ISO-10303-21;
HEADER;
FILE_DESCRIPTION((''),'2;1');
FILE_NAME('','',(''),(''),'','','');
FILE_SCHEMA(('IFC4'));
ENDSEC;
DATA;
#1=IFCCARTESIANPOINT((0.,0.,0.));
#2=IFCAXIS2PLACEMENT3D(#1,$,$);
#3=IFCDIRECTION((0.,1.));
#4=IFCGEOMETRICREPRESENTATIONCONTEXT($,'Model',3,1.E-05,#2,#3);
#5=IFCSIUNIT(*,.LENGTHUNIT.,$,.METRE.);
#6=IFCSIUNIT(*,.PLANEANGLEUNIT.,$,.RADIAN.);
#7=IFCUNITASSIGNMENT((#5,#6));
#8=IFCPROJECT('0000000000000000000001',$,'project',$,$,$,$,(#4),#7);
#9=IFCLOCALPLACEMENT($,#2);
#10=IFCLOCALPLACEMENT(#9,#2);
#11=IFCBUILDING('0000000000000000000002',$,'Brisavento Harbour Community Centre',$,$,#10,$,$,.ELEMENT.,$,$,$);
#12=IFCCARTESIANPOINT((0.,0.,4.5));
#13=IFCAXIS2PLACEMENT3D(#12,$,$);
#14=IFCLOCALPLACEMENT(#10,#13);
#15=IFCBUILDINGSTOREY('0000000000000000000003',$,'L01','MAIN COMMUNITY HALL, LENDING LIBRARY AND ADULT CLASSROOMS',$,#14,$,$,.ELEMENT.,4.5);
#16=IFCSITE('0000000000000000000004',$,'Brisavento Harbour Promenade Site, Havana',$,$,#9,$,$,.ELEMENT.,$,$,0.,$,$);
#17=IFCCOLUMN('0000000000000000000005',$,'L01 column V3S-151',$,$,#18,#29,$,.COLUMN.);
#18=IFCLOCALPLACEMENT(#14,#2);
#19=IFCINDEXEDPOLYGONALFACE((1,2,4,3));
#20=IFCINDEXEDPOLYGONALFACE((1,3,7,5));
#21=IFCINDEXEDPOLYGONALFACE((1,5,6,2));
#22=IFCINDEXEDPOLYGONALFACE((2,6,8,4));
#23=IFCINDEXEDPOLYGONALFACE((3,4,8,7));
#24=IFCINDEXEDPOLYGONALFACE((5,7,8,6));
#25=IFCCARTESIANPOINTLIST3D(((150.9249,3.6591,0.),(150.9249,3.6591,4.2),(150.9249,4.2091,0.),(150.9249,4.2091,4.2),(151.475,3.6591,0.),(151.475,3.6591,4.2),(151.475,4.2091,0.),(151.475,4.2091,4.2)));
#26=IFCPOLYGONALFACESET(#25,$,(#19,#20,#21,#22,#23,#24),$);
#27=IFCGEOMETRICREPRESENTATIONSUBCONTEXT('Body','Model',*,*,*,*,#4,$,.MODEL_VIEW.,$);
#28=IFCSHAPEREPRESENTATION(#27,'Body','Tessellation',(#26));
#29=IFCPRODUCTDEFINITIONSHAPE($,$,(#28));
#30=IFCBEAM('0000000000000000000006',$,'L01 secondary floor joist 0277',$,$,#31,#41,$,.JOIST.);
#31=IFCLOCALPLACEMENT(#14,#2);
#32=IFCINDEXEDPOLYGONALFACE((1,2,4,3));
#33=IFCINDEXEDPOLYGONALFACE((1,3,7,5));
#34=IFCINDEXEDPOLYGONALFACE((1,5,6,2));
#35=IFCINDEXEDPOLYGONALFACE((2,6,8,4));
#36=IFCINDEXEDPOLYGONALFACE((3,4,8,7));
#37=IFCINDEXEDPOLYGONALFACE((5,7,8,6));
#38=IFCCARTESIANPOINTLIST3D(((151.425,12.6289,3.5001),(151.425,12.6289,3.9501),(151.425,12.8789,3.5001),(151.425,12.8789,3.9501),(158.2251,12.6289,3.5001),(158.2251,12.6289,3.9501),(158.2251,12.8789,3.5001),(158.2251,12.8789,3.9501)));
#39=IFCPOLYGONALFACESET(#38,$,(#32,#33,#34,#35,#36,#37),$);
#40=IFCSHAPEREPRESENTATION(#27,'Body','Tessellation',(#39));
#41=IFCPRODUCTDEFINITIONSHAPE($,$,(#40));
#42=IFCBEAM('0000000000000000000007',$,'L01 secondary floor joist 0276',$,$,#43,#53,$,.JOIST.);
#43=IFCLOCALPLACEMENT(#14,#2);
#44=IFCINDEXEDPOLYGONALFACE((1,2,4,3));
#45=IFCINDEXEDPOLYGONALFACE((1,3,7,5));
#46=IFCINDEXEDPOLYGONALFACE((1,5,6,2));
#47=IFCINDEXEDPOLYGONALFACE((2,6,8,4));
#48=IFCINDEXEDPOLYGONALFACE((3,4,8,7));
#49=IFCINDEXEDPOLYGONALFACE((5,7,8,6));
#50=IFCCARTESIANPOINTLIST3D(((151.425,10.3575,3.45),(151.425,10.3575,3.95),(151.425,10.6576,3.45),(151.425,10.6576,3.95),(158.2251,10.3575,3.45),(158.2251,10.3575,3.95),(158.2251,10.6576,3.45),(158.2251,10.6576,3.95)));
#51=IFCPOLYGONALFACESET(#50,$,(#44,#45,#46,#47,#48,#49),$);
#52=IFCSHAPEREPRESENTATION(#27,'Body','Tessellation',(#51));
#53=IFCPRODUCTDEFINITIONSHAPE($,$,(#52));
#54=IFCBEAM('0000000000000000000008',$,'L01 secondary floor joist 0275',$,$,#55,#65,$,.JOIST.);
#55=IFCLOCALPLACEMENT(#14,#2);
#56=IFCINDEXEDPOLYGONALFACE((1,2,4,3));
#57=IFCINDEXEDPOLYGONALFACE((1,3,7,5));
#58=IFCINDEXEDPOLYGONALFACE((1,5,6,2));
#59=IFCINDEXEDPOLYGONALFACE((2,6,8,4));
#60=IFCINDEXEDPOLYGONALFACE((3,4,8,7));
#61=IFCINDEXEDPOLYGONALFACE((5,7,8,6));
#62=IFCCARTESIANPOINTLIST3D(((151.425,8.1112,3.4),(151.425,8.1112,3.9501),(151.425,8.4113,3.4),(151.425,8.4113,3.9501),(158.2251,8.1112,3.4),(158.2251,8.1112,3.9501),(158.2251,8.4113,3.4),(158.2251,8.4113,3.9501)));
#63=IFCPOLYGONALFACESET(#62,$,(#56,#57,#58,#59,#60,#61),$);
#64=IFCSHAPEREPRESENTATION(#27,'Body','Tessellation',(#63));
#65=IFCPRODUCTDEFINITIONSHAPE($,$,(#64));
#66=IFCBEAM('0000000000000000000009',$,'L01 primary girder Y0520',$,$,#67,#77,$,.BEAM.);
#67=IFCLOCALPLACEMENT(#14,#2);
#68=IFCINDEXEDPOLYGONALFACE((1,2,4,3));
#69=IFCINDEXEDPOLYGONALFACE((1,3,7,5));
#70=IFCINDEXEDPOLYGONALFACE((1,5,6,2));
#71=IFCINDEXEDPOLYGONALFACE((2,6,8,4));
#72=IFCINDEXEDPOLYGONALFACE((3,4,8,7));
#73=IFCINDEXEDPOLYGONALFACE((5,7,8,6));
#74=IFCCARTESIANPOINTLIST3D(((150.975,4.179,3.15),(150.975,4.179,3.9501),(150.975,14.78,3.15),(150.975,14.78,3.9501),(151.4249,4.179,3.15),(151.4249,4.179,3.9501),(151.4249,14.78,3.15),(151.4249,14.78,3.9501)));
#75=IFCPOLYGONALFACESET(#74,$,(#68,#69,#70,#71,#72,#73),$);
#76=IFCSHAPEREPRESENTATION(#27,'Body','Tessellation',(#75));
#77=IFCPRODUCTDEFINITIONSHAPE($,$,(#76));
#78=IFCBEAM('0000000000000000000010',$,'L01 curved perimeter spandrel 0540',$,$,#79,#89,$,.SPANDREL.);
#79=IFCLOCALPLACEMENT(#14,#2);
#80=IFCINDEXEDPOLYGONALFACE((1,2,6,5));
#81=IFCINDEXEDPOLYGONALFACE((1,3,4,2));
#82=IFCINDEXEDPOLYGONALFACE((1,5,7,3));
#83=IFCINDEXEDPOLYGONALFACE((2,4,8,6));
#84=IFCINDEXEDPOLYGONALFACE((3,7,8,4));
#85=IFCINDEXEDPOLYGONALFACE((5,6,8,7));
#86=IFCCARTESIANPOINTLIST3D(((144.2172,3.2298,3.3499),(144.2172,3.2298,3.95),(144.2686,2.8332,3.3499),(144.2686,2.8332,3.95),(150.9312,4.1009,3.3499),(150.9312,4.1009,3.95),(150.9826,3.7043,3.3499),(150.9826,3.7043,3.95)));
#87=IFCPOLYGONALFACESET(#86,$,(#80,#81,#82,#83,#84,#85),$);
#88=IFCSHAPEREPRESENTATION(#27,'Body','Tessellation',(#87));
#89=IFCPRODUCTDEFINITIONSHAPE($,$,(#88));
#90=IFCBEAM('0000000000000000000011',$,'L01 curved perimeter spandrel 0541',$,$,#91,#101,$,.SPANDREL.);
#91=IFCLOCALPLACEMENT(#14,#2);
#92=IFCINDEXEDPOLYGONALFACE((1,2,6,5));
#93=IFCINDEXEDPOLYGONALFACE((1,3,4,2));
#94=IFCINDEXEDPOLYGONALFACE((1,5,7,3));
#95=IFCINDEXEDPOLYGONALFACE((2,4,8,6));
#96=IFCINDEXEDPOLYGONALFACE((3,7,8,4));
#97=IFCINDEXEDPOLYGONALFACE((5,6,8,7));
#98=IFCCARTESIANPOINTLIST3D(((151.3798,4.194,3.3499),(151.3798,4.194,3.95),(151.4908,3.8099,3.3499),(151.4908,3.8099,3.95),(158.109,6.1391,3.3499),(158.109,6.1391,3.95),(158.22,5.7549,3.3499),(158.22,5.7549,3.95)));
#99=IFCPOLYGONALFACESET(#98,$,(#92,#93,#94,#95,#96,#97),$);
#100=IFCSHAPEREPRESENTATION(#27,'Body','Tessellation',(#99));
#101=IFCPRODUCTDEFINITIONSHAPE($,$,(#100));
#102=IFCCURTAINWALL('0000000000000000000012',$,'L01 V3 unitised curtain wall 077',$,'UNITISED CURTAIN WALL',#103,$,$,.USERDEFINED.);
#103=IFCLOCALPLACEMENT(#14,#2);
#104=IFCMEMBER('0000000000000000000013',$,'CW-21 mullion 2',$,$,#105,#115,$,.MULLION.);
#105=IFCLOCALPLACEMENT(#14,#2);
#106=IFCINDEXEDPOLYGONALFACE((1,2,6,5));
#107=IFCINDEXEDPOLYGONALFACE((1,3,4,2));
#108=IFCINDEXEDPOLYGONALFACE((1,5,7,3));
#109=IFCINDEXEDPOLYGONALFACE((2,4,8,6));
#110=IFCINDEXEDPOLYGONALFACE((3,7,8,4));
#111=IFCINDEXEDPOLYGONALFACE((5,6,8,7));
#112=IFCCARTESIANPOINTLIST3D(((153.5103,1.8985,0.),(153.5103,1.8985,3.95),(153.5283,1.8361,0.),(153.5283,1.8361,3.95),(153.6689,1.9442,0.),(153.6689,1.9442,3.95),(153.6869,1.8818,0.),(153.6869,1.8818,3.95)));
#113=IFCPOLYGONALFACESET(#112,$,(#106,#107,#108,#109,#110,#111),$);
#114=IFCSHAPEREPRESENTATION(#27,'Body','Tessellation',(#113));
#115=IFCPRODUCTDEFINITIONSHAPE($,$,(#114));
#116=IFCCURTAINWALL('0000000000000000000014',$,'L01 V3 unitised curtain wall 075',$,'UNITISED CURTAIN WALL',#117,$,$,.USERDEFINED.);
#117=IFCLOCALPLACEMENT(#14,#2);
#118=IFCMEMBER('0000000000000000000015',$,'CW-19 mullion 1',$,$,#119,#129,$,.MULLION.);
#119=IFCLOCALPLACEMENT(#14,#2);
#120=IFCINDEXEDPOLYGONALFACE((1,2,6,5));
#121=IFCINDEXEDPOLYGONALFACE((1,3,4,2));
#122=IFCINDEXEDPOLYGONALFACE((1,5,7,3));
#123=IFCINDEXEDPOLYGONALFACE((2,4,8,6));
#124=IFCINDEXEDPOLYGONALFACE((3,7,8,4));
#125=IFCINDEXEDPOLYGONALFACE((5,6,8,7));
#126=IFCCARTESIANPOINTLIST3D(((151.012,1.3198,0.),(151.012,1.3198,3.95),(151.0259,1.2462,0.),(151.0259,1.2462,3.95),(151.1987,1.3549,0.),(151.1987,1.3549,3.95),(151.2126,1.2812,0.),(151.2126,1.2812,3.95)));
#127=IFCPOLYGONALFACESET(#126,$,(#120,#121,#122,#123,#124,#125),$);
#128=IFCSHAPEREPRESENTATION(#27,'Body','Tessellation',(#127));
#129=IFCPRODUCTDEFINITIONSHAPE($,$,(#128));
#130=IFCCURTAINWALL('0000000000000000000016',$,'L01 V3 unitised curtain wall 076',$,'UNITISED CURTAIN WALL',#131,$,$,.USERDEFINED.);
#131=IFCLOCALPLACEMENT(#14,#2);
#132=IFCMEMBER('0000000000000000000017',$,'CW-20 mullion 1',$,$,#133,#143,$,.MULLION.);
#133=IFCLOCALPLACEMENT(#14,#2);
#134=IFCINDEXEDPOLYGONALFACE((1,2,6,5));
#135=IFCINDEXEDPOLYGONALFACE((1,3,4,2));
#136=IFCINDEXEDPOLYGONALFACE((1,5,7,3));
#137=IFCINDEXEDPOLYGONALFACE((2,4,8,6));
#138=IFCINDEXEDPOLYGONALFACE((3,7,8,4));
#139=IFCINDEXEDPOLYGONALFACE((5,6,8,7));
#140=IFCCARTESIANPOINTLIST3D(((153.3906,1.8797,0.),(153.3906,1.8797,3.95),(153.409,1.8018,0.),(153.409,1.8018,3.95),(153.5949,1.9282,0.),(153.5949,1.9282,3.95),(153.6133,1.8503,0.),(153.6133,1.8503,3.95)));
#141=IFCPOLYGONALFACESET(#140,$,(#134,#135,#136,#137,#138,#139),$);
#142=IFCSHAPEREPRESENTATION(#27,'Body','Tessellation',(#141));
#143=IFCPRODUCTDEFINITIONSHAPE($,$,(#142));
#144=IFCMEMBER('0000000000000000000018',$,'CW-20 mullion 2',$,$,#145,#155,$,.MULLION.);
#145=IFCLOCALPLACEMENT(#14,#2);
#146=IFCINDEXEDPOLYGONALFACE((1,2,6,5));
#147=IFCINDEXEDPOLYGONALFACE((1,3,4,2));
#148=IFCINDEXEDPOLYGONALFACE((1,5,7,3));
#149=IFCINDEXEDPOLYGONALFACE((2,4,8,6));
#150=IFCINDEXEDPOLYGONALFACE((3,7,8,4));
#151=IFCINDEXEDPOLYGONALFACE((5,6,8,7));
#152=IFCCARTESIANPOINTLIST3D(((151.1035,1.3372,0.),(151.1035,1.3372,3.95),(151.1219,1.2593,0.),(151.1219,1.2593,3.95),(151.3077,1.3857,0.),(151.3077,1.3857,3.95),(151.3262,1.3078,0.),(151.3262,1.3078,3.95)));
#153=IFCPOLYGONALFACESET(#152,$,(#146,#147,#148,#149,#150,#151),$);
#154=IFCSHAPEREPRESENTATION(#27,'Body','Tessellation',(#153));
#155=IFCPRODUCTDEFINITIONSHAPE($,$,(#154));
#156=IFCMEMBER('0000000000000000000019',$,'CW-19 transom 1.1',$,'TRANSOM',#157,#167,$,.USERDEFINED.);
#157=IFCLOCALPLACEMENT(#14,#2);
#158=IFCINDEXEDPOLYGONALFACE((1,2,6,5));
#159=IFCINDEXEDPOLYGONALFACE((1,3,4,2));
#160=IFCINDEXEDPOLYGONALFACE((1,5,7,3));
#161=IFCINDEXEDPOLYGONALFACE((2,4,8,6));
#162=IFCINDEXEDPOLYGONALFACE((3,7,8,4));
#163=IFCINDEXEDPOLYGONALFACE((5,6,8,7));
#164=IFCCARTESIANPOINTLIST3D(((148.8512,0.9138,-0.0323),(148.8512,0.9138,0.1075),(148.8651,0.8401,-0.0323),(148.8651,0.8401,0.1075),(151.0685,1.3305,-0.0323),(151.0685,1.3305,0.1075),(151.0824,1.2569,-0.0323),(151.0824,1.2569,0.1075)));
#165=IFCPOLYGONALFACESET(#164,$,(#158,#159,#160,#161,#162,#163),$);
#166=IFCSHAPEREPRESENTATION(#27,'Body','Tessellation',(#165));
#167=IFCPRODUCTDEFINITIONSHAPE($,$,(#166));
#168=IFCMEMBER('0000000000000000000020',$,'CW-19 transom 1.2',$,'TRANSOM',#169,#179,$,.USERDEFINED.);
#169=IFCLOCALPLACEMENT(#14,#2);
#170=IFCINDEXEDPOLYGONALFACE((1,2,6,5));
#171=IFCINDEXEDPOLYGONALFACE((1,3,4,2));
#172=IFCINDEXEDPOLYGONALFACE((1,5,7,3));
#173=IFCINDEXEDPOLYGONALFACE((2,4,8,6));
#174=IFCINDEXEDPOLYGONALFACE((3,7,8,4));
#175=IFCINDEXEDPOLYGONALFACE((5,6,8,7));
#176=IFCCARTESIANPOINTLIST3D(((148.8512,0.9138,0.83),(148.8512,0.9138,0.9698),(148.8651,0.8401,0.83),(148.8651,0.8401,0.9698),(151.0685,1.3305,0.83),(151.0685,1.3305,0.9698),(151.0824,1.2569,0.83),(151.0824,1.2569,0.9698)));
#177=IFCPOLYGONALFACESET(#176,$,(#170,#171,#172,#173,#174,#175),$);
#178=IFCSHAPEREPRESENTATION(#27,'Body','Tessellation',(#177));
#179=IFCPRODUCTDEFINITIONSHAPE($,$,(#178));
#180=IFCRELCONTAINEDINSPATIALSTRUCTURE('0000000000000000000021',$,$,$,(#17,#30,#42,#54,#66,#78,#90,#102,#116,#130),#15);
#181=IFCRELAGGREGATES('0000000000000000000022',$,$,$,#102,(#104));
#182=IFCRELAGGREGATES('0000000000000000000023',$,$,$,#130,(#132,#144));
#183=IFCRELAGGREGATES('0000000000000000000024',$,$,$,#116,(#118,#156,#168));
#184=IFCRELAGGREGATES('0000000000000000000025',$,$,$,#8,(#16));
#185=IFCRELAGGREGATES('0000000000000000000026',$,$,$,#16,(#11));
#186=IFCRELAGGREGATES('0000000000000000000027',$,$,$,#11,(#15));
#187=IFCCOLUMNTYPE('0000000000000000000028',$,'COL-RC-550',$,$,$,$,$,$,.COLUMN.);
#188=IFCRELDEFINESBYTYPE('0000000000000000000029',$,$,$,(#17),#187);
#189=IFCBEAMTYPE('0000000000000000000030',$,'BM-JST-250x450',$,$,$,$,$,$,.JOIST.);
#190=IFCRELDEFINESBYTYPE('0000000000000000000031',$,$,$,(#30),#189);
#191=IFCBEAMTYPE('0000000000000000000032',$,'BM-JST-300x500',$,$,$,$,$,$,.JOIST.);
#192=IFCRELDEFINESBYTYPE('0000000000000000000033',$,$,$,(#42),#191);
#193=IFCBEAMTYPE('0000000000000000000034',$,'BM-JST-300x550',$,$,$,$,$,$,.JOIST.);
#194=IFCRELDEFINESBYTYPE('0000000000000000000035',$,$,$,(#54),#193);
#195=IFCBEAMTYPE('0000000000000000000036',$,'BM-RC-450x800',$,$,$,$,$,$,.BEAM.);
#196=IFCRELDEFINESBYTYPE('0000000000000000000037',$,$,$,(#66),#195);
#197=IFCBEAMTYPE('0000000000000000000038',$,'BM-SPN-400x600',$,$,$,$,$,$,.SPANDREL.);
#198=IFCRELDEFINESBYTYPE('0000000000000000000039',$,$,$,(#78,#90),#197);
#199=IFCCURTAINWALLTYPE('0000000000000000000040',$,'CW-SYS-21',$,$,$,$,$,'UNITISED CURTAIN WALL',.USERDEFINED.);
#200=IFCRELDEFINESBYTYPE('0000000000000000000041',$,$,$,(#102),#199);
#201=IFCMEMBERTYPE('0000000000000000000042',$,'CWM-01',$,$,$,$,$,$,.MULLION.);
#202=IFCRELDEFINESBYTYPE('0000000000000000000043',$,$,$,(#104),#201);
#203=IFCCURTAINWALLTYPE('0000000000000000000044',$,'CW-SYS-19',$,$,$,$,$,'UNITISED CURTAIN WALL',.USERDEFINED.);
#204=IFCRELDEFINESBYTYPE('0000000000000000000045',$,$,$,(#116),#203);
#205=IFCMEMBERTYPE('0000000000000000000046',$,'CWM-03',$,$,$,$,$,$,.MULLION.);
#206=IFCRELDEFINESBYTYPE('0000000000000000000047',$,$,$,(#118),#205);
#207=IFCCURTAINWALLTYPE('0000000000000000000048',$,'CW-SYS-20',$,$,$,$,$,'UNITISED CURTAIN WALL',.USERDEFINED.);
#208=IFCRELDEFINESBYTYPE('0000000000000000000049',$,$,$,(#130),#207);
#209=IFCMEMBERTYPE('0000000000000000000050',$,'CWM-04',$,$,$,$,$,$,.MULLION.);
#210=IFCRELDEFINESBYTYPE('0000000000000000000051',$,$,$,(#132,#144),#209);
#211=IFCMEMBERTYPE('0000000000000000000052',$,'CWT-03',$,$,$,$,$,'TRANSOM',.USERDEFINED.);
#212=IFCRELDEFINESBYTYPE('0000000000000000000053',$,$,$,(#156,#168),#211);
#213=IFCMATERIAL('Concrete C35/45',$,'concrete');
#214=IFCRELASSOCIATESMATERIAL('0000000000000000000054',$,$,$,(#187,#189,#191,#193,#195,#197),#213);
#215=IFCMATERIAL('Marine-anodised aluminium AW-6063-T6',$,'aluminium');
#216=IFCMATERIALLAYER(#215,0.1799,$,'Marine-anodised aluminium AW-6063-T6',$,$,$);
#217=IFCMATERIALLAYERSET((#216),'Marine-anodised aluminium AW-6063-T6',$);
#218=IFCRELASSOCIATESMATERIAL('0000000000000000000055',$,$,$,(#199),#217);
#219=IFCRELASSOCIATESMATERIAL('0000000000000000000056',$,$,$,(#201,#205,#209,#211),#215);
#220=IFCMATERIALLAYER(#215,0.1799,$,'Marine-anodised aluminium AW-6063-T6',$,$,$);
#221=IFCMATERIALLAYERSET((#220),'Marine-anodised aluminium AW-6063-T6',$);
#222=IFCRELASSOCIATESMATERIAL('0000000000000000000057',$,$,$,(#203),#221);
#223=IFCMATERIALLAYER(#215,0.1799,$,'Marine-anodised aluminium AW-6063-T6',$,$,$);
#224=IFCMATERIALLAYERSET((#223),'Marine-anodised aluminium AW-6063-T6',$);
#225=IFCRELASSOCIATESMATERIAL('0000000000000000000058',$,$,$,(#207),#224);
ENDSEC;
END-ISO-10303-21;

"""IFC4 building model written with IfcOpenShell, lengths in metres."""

from ifc_helpers import new_model, si_unit, direction, frame, origin, origin_2d, place, context, subcontext, project, spatial, rectangle, extrude, material, layer, layer_set, material_profile, profile_set, type_object, element, aggregate, save


model = new_model("IFC4")

# Units and contexts
model_context = context("Model", 3, precision=1e-05, world=origin(), true_north=direction((0.0, 1.0)))
body_context = subcontext(model_context, "Body", "Model", "MODEL_VIEW")
ifc_project = project(units=[si_unit("LENGTHUNIT", "METRE"), si_unit("PLANEANGLEUNIT", "RADIAN")], contexts=[model_context])

# Site, building, storey
site_placement = place(None, origin())
site = spatial("IfcSite", under=ifc_project, at=site_placement, Name="Brisavento Harbour Promenade Site, Havana", CompositionType="ELEMENT", RefElevation=0.0)
building_placement = place(site_placement, origin())
building = spatial("IfcBuilding", under=site, at=building_placement, Name="Brisavento Harbour Community Centre", CompositionType="ELEMENT")
storey_placement = place(building_placement, frame((0.0, 0.0, 4.5)))
storey = spatial("IfcBuildingStorey", under=building, at=storey_placement, Name="L01", Description="MAIN COMMUNITY HALL, LENDING LIBRARY AND ADULT CLASSROOMS", CompositionType="ELEMENT", Elevation=4.5)

# Column
ifc_material_1 = material(Name="Concrete C35/45", Category="concrete")
ifc_material_profile_1 = material_profile(ifc_material_1, rectangle(XDim=0.55, YDim=0.55, at=origin_2d()), Name="Concrete C35/45")
ifc_profile_set_1 = profile_set([ifc_material_profile_1], Name="Concrete C35/45")
column_type = type_object("IfcColumnType", Name="COL-RC-550", PredefinedType="COLUMN", material=ifc_profile_set_1)
column_placement = place(storey_placement, frame((151.2, 3.9341, 0.0), z_axis=(0.0, 0.0, 1.0), x_axis=(1.0, 0.0, 0.0)))
element("IfcColumn", 1, at=column_placement, inside=storey, type_object=column_type, Name="L01 column V3S-151", PredefinedType="COLUMN", context=body_context, shape_type="SweptSolid", body=[
    extrude(rectangle(XDim=0.55, YDim=0.55, at=origin_2d()), origin(), (0.0, 0.0, 1.0), 4.2),
])

# Beams
ifc_material_profile_2 = material_profile(ifc_material_1, rectangle(XDim=0.25, YDim=0.45, at=origin_2d()), Name="Concrete C35/45")
ifc_profile_set_2 = profile_set([ifc_material_profile_2], Name="Concrete C35/45")
beam_type_1 = type_object("IfcBeamType", Name="BM-JST-250x450", PredefinedType="JOIST", material=ifc_profile_set_2)
beam_1_placement = place(storey_placement, frame((151.425, 12.7539, 3.7251), z_axis=(1.0, 0.0, 0.0), x_axis=(0.0, 1.0, 0.0)))
element("IfcBeam", 2, at=beam_1_placement, inside=storey, type_object=beam_type_1, Name="L01 secondary floor joist 0277", PredefinedType="JOIST", context=body_context, shape_type="SweptSolid", body=[
    extrude(rectangle(XDim=0.25, YDim=0.45, at=origin_2d()), origin(), (0.0, 0.0, 1.0), 6.8),
])
ifc_material_profile_3 = material_profile(ifc_material_1, rectangle(XDim=0.3, YDim=0.5, at=origin_2d()), Name="Concrete C35/45")
ifc_profile_set_3 = profile_set([ifc_material_profile_3], Name="Concrete C35/45")
beam_type_2 = type_object("IfcBeamType", Name="BM-JST-300x500", PredefinedType="JOIST", material=ifc_profile_set_3)
beam_2_placement = place(storey_placement, frame((151.425, 10.5076, 3.7), z_axis=(1.0, 0.0, 0.0), x_axis=(0.0, 1.0, 0.0)))
element("IfcBeam", 3, at=beam_2_placement, inside=storey, type_object=beam_type_2, Name="L01 secondary floor joist 0276", PredefinedType="JOIST", context=body_context, shape_type="SweptSolid", body=[
    extrude(rectangle(XDim=0.3, YDim=0.5, at=origin_2d()), origin(), (0.0, 0.0, 1.0), 6.8),
])
ifc_material_profile_4 = material_profile(ifc_material_1, rectangle(XDim=0.3, YDim=0.55, at=origin_2d()), Name="Concrete C35/45")
ifc_profile_set_4 = profile_set([ifc_material_profile_4], Name="Concrete C35/45")
beam_type_3 = type_object("IfcBeamType", Name="BM-JST-300x550", PredefinedType="JOIST", material=ifc_profile_set_4)
beam_3_placement = place(storey_placement, frame((151.425, 8.2612, 3.675), z_axis=(1.0, 0.0, 0.0), x_axis=(0.0, 1.0, 0.0)))
element("IfcBeam", 4, at=beam_3_placement, inside=storey, type_object=beam_type_3, Name="L01 secondary floor joist 0275", PredefinedType="JOIST", context=body_context, shape_type="SweptSolid", body=[
    extrude(rectangle(XDim=0.3, YDim=0.55, at=origin_2d()), origin(), (0.0, 0.0, 1.0), 6.8),
])
ifc_material_profile_5 = material_profile(ifc_material_1, rectangle(XDim=0.45, YDim=0.8, at=origin_2d()), Name="Concrete C35/45")
ifc_profile_set_5 = profile_set([ifc_material_profile_5], Name="Concrete C35/45")
beam_type_4 = type_object("IfcBeamType", Name="BM-RC-450x800", PredefinedType="BEAM", material=ifc_profile_set_5)
beam_4_placement = place(storey_placement, frame((151.2, 4.179, 3.55), z_axis=(0.0, 1.0, 0.0), x_axis=(-1.0, 0.0, 0.0)))
element("IfcBeam", 5, at=beam_4_placement, inside=storey, type_object=beam_type_4, Name="L01 primary girder Y0520", PredefinedType="BEAM", context=body_context, shape_type="SweptSolid", body=[
    extrude(rectangle(XDim=0.45, YDim=0.8, at=origin_2d()), origin(), (0.0, 0.0, 1.0), 10.6011),
])
ifc_material_profile_6 = material_profile(ifc_material_1, rectangle(XDim=0.3999, YDim=0.6001, at=origin_2d()), Name="Concrete C35/45")
ifc_profile_set_6 = profile_set([ifc_material_profile_6], Name="Concrete C35/45")
beam_type_5 = type_object("IfcBeamType", Name="BM-SPN-400x600", PredefinedType="SPANDREL", material=ifc_profile_set_6)
beam_5_placement = place(storey_placement, frame((144.2429, 3.0315, 3.6499), z_axis=(0.991688, 0.128662, 0.0), x_axis=(-0.128662, 0.991688, 0.0)))
element("IfcBeam", 6, at=beam_5_placement, inside=storey, type_object=beam_type_5, Name="L01 curved perimeter spandrel 0540", PredefinedType="SPANDREL", context=body_context, shape_type="SweptSolid", body=[
    extrude(rectangle(XDim=0.3999, YDim=0.6001, at=origin_2d()), origin(), (0.0, 0.0, 1.0), 6.7703),
])
beam_6_placement = place(storey_placement, frame((151.4353, 4.002, 3.6499), z_axis=(0.960674, 0.27768, 0.0), x_axis=(-0.27768, 0.960674, 0.0)))
element("IfcBeam", 7, at=beam_6_placement, inside=storey, type_object=beam_type_5, Name="L01 curved perimeter spandrel 0541", PredefinedType="SPANDREL", context=body_context, shape_type="SweptSolid", body=[
    extrude(rectangle(XDim=0.3999, YDim=0.6001, at=origin_2d()), origin(), (0.0, 0.0, 1.0), 7.0046),
])

# Curtain walls, members
ifc_material_2 = material(Name="Marine-anodised aluminium AW-6063-T6", Category="aluminium")
ifc_layer_1 = layer(ifc_material_2, 0.1799, Name="Marine-anodised aluminium AW-6063-T6")
ifc_layer_set_1 = layer_set([ifc_layer_1], Name="Marine-anodised aluminium AW-6063-T6")
curtain_wall_type_1 = type_object("IfcCurtainWallType", Name="CW-SYS-21", ElementType="UNITISED CURTAIN WALL", PredefinedType="USERDEFINED", material=ifc_layer_set_1)
curtain_wall_1_placement = place(storey_placement, origin())
curtain_wall_1 = element("IfcCurtainWall", 8, at=curtain_wall_1_placement, inside=storey, type_object=curtain_wall_type_1, Name="L01 V3 unitised curtain wall 077", ObjectType="UNITISED CURTAIN WALL", PredefinedType="USERDEFINED")
ifc_material_profile_7 = material_profile(ifc_material_2, rectangle(XDim=0.0649, YDim=0.165, at=origin_2d()), Name="Marine-anodised aluminium AW-6063-T6")
ifc_profile_set_7 = profile_set([ifc_material_profile_7], Name="Marine-anodised aluminium AW-6063-T6")
member_type_1 = type_object("IfcMemberType", Name="CWM-01", PredefinedType="MULLION", material=ifc_profile_set_7)
member_1_placement = place(storey_placement, frame((153.5986, 1.8901, 0.0), z_axis=(0.0, 0.0, 1.0), x_axis=(0.277001, -0.96087, 0.0)))
member_1 = element("IfcMember", 9, at=member_1_placement, type_object=member_type_1, Name="CW-21 mullion 2", PredefinedType="MULLION", context=body_context, shape_type="SweptSolid", body=[
    extrude(rectangle(XDim=0.0649, YDim=0.165, at=origin_2d()), origin(), (0.0, 0.0, 1.0), 3.95),
])
aggregate(curtain_wall_1, [member_1])
ifc_layer_2 = layer(ifc_material_2, 0.1799, Name="Marine-anodised aluminium AW-6063-T6")
ifc_layer_set_2 = layer_set([ifc_layer_2], Name="Marine-anodised aluminium AW-6063-T6")
curtain_wall_type_2 = type_object("IfcCurtainWallType", Name="CW-SYS-19", ElementType="UNITISED CURTAIN WALL", PredefinedType="USERDEFINED", material=ifc_layer_set_2)
curtain_wall_2_placement = place(storey_placement, origin())
curtain_wall_2 = element("IfcCurtainWall", 10, at=curtain_wall_2_placement, inside=storey, type_object=curtain_wall_type_2, Name="L01 V3 unitised curtain wall 075", ObjectType="UNITISED CURTAIN WALL", PredefinedType="USERDEFINED")
ifc_material_profile_8 = material_profile(ifc_material_2, rectangle(XDim=0.075, YDim=0.1899, at=origin_2d()), Name="Marine-anodised aluminium AW-6063-T6")
ifc_profile_set_8 = profile_set([ifc_material_profile_8], Name="Marine-anodised aluminium AW-6063-T6")
member_type_2 = type_object("IfcMemberType", Name="CWM-03", PredefinedType="MULLION", material=ifc_profile_set_8)
member_2_placement = place(storey_placement, frame((151.1123, 1.3005, 0.0), z_axis=(0.0, 0.0, 1.0), x_axis=(0.184665, -0.982802, 0.0)))
member_2 = element("IfcMember", 11, at=member_2_placement, type_object=member_type_2, Name="CW-19 mullion 1", PredefinedType="MULLION", context=body_context, shape_type="SweptSolid", body=[
    extrude(rectangle(XDim=0.075, YDim=0.1899, at=origin_2d()), origin(), (0.0, 0.0, 1.0), 3.95),
])

# Curtain wall, members
ifc_layer_3 = layer(ifc_material_2, 0.1799, Name="Marine-anodised aluminium AW-6063-T6")
ifc_layer_set_3 = layer_set([ifc_layer_3], Name="Marine-anodised aluminium AW-6063-T6")
curtain_wall_type_3 = type_object("IfcCurtainWallType", Name="CW-SYS-20", ElementType="UNITISED CURTAIN WALL", PredefinedType="USERDEFINED", material=ifc_layer_set_3)
curtain_wall_3_placement = place(storey_placement, origin())
curtain_wall_3 = element("IfcCurtainWall", 12, at=curtain_wall_3_placement, inside=storey, type_object=curtain_wall_type_3, Name="L01 V3 unitised curtain wall 076", ObjectType="UNITISED CURTAIN WALL", PredefinedType="USERDEFINED")
ifc_material_profile_9 = material_profile(ifc_material_2, rectangle(XDim=0.0801, YDim=0.21, at=origin_2d()), Name="Marine-anodised aluminium AW-6063-T6")
ifc_profile_set_9 = profile_set([ifc_material_profile_9], Name="Marine-anodised aluminium AW-6063-T6")
member_type_3 = type_object("IfcMemberType", Name="CWM-04", PredefinedType="MULLION", material=ifc_profile_set_9)
member_3_placement = place(storey_placement, frame((153.502, 1.865, 0.0), z_axis=(0.0, 0.0, 1.0), x_axis=(0.230805, -0.973, 0.0)))
member_3 = element("IfcMember", 13, at=member_3_placement, type_object=member_type_3, Name="CW-20 mullion 1", PredefinedType="MULLION", context=body_context, shape_type="SweptSolid", body=[
    extrude(rectangle(XDim=0.0801, YDim=0.21, at=origin_2d()), origin(), (0.0, 0.0, 1.0), 3.95),
])
member_4_placement = place(storey_placement, frame((151.2148, 1.3225, 0.0), z_axis=(0.0, 0.0, 1.0), x_axis=(0.230805, -0.973, 0.0)))
member_4 = element("IfcMember", 14, at=member_4_placement, type_object=member_type_3, Name="CW-20 mullion 2", PredefinedType="MULLION", context=body_context, shape_type="SweptSolid", body=[
    extrude(rectangle(XDim=0.0801, YDim=0.21, at=origin_2d()), origin(), (0.0, 0.0, 1.0), 3.95),
])

# Members
ifc_material_profile_10 = material_profile(ifc_material_2, rectangle(XDim=0.075, YDim=0.1399, at=origin_2d()), Name="Marine-anodised aluminium AW-6063-T6")
ifc_profile_set_10 = profile_set([ifc_material_profile_10], Name="Marine-anodised aluminium AW-6063-T6")
member_type_4 = type_object("IfcMemberType", Name="CWT-03", ElementType="TRANSOM", PredefinedType="USERDEFINED", material=ifc_profile_set_10)
member_5_placement = place(storey_placement, frame((151.0754, 1.2937, 0.0376), z_axis=(-0.982791, -0.18472, 0.0), x_axis=(0.18472, -0.982791, 0.0)))
member_5 = element("IfcMember", 15, at=member_5_placement, type_object=member_type_4, Name="CW-19 transom 1.1", ObjectType="TRANSOM", PredefinedType="USERDEFINED", context=body_context, shape_type="SweptSolid", body=[
    extrude(rectangle(XDim=0.075, YDim=0.1399, at=origin_2d()), origin(), (0.0, 0.0, 1.0), 2.2561),
])
member_6_placement = place(storey_placement, frame((151.0754, 1.2937, 0.8999), z_axis=(-0.982791, -0.18472, 0.0), x_axis=(0.18472, -0.982791, 0.0)))
member_6 = element("IfcMember", 16, at=member_6_placement, type_object=member_type_4, Name="CW-19 transom 1.2", ObjectType="TRANSOM", PredefinedType="USERDEFINED", context=body_context, shape_type="SweptSolid", body=[
    extrude(rectangle(XDim=0.075, YDim=0.1399, at=origin_2d()), origin(), (0.0, 0.0, 1.0), 2.2561),
])

aggregate(curtain_wall_3, [member_3, member_4])
aggregate(curtain_wall_2, [member_2, member_5, member_6])

save(model, "model.ifc")
